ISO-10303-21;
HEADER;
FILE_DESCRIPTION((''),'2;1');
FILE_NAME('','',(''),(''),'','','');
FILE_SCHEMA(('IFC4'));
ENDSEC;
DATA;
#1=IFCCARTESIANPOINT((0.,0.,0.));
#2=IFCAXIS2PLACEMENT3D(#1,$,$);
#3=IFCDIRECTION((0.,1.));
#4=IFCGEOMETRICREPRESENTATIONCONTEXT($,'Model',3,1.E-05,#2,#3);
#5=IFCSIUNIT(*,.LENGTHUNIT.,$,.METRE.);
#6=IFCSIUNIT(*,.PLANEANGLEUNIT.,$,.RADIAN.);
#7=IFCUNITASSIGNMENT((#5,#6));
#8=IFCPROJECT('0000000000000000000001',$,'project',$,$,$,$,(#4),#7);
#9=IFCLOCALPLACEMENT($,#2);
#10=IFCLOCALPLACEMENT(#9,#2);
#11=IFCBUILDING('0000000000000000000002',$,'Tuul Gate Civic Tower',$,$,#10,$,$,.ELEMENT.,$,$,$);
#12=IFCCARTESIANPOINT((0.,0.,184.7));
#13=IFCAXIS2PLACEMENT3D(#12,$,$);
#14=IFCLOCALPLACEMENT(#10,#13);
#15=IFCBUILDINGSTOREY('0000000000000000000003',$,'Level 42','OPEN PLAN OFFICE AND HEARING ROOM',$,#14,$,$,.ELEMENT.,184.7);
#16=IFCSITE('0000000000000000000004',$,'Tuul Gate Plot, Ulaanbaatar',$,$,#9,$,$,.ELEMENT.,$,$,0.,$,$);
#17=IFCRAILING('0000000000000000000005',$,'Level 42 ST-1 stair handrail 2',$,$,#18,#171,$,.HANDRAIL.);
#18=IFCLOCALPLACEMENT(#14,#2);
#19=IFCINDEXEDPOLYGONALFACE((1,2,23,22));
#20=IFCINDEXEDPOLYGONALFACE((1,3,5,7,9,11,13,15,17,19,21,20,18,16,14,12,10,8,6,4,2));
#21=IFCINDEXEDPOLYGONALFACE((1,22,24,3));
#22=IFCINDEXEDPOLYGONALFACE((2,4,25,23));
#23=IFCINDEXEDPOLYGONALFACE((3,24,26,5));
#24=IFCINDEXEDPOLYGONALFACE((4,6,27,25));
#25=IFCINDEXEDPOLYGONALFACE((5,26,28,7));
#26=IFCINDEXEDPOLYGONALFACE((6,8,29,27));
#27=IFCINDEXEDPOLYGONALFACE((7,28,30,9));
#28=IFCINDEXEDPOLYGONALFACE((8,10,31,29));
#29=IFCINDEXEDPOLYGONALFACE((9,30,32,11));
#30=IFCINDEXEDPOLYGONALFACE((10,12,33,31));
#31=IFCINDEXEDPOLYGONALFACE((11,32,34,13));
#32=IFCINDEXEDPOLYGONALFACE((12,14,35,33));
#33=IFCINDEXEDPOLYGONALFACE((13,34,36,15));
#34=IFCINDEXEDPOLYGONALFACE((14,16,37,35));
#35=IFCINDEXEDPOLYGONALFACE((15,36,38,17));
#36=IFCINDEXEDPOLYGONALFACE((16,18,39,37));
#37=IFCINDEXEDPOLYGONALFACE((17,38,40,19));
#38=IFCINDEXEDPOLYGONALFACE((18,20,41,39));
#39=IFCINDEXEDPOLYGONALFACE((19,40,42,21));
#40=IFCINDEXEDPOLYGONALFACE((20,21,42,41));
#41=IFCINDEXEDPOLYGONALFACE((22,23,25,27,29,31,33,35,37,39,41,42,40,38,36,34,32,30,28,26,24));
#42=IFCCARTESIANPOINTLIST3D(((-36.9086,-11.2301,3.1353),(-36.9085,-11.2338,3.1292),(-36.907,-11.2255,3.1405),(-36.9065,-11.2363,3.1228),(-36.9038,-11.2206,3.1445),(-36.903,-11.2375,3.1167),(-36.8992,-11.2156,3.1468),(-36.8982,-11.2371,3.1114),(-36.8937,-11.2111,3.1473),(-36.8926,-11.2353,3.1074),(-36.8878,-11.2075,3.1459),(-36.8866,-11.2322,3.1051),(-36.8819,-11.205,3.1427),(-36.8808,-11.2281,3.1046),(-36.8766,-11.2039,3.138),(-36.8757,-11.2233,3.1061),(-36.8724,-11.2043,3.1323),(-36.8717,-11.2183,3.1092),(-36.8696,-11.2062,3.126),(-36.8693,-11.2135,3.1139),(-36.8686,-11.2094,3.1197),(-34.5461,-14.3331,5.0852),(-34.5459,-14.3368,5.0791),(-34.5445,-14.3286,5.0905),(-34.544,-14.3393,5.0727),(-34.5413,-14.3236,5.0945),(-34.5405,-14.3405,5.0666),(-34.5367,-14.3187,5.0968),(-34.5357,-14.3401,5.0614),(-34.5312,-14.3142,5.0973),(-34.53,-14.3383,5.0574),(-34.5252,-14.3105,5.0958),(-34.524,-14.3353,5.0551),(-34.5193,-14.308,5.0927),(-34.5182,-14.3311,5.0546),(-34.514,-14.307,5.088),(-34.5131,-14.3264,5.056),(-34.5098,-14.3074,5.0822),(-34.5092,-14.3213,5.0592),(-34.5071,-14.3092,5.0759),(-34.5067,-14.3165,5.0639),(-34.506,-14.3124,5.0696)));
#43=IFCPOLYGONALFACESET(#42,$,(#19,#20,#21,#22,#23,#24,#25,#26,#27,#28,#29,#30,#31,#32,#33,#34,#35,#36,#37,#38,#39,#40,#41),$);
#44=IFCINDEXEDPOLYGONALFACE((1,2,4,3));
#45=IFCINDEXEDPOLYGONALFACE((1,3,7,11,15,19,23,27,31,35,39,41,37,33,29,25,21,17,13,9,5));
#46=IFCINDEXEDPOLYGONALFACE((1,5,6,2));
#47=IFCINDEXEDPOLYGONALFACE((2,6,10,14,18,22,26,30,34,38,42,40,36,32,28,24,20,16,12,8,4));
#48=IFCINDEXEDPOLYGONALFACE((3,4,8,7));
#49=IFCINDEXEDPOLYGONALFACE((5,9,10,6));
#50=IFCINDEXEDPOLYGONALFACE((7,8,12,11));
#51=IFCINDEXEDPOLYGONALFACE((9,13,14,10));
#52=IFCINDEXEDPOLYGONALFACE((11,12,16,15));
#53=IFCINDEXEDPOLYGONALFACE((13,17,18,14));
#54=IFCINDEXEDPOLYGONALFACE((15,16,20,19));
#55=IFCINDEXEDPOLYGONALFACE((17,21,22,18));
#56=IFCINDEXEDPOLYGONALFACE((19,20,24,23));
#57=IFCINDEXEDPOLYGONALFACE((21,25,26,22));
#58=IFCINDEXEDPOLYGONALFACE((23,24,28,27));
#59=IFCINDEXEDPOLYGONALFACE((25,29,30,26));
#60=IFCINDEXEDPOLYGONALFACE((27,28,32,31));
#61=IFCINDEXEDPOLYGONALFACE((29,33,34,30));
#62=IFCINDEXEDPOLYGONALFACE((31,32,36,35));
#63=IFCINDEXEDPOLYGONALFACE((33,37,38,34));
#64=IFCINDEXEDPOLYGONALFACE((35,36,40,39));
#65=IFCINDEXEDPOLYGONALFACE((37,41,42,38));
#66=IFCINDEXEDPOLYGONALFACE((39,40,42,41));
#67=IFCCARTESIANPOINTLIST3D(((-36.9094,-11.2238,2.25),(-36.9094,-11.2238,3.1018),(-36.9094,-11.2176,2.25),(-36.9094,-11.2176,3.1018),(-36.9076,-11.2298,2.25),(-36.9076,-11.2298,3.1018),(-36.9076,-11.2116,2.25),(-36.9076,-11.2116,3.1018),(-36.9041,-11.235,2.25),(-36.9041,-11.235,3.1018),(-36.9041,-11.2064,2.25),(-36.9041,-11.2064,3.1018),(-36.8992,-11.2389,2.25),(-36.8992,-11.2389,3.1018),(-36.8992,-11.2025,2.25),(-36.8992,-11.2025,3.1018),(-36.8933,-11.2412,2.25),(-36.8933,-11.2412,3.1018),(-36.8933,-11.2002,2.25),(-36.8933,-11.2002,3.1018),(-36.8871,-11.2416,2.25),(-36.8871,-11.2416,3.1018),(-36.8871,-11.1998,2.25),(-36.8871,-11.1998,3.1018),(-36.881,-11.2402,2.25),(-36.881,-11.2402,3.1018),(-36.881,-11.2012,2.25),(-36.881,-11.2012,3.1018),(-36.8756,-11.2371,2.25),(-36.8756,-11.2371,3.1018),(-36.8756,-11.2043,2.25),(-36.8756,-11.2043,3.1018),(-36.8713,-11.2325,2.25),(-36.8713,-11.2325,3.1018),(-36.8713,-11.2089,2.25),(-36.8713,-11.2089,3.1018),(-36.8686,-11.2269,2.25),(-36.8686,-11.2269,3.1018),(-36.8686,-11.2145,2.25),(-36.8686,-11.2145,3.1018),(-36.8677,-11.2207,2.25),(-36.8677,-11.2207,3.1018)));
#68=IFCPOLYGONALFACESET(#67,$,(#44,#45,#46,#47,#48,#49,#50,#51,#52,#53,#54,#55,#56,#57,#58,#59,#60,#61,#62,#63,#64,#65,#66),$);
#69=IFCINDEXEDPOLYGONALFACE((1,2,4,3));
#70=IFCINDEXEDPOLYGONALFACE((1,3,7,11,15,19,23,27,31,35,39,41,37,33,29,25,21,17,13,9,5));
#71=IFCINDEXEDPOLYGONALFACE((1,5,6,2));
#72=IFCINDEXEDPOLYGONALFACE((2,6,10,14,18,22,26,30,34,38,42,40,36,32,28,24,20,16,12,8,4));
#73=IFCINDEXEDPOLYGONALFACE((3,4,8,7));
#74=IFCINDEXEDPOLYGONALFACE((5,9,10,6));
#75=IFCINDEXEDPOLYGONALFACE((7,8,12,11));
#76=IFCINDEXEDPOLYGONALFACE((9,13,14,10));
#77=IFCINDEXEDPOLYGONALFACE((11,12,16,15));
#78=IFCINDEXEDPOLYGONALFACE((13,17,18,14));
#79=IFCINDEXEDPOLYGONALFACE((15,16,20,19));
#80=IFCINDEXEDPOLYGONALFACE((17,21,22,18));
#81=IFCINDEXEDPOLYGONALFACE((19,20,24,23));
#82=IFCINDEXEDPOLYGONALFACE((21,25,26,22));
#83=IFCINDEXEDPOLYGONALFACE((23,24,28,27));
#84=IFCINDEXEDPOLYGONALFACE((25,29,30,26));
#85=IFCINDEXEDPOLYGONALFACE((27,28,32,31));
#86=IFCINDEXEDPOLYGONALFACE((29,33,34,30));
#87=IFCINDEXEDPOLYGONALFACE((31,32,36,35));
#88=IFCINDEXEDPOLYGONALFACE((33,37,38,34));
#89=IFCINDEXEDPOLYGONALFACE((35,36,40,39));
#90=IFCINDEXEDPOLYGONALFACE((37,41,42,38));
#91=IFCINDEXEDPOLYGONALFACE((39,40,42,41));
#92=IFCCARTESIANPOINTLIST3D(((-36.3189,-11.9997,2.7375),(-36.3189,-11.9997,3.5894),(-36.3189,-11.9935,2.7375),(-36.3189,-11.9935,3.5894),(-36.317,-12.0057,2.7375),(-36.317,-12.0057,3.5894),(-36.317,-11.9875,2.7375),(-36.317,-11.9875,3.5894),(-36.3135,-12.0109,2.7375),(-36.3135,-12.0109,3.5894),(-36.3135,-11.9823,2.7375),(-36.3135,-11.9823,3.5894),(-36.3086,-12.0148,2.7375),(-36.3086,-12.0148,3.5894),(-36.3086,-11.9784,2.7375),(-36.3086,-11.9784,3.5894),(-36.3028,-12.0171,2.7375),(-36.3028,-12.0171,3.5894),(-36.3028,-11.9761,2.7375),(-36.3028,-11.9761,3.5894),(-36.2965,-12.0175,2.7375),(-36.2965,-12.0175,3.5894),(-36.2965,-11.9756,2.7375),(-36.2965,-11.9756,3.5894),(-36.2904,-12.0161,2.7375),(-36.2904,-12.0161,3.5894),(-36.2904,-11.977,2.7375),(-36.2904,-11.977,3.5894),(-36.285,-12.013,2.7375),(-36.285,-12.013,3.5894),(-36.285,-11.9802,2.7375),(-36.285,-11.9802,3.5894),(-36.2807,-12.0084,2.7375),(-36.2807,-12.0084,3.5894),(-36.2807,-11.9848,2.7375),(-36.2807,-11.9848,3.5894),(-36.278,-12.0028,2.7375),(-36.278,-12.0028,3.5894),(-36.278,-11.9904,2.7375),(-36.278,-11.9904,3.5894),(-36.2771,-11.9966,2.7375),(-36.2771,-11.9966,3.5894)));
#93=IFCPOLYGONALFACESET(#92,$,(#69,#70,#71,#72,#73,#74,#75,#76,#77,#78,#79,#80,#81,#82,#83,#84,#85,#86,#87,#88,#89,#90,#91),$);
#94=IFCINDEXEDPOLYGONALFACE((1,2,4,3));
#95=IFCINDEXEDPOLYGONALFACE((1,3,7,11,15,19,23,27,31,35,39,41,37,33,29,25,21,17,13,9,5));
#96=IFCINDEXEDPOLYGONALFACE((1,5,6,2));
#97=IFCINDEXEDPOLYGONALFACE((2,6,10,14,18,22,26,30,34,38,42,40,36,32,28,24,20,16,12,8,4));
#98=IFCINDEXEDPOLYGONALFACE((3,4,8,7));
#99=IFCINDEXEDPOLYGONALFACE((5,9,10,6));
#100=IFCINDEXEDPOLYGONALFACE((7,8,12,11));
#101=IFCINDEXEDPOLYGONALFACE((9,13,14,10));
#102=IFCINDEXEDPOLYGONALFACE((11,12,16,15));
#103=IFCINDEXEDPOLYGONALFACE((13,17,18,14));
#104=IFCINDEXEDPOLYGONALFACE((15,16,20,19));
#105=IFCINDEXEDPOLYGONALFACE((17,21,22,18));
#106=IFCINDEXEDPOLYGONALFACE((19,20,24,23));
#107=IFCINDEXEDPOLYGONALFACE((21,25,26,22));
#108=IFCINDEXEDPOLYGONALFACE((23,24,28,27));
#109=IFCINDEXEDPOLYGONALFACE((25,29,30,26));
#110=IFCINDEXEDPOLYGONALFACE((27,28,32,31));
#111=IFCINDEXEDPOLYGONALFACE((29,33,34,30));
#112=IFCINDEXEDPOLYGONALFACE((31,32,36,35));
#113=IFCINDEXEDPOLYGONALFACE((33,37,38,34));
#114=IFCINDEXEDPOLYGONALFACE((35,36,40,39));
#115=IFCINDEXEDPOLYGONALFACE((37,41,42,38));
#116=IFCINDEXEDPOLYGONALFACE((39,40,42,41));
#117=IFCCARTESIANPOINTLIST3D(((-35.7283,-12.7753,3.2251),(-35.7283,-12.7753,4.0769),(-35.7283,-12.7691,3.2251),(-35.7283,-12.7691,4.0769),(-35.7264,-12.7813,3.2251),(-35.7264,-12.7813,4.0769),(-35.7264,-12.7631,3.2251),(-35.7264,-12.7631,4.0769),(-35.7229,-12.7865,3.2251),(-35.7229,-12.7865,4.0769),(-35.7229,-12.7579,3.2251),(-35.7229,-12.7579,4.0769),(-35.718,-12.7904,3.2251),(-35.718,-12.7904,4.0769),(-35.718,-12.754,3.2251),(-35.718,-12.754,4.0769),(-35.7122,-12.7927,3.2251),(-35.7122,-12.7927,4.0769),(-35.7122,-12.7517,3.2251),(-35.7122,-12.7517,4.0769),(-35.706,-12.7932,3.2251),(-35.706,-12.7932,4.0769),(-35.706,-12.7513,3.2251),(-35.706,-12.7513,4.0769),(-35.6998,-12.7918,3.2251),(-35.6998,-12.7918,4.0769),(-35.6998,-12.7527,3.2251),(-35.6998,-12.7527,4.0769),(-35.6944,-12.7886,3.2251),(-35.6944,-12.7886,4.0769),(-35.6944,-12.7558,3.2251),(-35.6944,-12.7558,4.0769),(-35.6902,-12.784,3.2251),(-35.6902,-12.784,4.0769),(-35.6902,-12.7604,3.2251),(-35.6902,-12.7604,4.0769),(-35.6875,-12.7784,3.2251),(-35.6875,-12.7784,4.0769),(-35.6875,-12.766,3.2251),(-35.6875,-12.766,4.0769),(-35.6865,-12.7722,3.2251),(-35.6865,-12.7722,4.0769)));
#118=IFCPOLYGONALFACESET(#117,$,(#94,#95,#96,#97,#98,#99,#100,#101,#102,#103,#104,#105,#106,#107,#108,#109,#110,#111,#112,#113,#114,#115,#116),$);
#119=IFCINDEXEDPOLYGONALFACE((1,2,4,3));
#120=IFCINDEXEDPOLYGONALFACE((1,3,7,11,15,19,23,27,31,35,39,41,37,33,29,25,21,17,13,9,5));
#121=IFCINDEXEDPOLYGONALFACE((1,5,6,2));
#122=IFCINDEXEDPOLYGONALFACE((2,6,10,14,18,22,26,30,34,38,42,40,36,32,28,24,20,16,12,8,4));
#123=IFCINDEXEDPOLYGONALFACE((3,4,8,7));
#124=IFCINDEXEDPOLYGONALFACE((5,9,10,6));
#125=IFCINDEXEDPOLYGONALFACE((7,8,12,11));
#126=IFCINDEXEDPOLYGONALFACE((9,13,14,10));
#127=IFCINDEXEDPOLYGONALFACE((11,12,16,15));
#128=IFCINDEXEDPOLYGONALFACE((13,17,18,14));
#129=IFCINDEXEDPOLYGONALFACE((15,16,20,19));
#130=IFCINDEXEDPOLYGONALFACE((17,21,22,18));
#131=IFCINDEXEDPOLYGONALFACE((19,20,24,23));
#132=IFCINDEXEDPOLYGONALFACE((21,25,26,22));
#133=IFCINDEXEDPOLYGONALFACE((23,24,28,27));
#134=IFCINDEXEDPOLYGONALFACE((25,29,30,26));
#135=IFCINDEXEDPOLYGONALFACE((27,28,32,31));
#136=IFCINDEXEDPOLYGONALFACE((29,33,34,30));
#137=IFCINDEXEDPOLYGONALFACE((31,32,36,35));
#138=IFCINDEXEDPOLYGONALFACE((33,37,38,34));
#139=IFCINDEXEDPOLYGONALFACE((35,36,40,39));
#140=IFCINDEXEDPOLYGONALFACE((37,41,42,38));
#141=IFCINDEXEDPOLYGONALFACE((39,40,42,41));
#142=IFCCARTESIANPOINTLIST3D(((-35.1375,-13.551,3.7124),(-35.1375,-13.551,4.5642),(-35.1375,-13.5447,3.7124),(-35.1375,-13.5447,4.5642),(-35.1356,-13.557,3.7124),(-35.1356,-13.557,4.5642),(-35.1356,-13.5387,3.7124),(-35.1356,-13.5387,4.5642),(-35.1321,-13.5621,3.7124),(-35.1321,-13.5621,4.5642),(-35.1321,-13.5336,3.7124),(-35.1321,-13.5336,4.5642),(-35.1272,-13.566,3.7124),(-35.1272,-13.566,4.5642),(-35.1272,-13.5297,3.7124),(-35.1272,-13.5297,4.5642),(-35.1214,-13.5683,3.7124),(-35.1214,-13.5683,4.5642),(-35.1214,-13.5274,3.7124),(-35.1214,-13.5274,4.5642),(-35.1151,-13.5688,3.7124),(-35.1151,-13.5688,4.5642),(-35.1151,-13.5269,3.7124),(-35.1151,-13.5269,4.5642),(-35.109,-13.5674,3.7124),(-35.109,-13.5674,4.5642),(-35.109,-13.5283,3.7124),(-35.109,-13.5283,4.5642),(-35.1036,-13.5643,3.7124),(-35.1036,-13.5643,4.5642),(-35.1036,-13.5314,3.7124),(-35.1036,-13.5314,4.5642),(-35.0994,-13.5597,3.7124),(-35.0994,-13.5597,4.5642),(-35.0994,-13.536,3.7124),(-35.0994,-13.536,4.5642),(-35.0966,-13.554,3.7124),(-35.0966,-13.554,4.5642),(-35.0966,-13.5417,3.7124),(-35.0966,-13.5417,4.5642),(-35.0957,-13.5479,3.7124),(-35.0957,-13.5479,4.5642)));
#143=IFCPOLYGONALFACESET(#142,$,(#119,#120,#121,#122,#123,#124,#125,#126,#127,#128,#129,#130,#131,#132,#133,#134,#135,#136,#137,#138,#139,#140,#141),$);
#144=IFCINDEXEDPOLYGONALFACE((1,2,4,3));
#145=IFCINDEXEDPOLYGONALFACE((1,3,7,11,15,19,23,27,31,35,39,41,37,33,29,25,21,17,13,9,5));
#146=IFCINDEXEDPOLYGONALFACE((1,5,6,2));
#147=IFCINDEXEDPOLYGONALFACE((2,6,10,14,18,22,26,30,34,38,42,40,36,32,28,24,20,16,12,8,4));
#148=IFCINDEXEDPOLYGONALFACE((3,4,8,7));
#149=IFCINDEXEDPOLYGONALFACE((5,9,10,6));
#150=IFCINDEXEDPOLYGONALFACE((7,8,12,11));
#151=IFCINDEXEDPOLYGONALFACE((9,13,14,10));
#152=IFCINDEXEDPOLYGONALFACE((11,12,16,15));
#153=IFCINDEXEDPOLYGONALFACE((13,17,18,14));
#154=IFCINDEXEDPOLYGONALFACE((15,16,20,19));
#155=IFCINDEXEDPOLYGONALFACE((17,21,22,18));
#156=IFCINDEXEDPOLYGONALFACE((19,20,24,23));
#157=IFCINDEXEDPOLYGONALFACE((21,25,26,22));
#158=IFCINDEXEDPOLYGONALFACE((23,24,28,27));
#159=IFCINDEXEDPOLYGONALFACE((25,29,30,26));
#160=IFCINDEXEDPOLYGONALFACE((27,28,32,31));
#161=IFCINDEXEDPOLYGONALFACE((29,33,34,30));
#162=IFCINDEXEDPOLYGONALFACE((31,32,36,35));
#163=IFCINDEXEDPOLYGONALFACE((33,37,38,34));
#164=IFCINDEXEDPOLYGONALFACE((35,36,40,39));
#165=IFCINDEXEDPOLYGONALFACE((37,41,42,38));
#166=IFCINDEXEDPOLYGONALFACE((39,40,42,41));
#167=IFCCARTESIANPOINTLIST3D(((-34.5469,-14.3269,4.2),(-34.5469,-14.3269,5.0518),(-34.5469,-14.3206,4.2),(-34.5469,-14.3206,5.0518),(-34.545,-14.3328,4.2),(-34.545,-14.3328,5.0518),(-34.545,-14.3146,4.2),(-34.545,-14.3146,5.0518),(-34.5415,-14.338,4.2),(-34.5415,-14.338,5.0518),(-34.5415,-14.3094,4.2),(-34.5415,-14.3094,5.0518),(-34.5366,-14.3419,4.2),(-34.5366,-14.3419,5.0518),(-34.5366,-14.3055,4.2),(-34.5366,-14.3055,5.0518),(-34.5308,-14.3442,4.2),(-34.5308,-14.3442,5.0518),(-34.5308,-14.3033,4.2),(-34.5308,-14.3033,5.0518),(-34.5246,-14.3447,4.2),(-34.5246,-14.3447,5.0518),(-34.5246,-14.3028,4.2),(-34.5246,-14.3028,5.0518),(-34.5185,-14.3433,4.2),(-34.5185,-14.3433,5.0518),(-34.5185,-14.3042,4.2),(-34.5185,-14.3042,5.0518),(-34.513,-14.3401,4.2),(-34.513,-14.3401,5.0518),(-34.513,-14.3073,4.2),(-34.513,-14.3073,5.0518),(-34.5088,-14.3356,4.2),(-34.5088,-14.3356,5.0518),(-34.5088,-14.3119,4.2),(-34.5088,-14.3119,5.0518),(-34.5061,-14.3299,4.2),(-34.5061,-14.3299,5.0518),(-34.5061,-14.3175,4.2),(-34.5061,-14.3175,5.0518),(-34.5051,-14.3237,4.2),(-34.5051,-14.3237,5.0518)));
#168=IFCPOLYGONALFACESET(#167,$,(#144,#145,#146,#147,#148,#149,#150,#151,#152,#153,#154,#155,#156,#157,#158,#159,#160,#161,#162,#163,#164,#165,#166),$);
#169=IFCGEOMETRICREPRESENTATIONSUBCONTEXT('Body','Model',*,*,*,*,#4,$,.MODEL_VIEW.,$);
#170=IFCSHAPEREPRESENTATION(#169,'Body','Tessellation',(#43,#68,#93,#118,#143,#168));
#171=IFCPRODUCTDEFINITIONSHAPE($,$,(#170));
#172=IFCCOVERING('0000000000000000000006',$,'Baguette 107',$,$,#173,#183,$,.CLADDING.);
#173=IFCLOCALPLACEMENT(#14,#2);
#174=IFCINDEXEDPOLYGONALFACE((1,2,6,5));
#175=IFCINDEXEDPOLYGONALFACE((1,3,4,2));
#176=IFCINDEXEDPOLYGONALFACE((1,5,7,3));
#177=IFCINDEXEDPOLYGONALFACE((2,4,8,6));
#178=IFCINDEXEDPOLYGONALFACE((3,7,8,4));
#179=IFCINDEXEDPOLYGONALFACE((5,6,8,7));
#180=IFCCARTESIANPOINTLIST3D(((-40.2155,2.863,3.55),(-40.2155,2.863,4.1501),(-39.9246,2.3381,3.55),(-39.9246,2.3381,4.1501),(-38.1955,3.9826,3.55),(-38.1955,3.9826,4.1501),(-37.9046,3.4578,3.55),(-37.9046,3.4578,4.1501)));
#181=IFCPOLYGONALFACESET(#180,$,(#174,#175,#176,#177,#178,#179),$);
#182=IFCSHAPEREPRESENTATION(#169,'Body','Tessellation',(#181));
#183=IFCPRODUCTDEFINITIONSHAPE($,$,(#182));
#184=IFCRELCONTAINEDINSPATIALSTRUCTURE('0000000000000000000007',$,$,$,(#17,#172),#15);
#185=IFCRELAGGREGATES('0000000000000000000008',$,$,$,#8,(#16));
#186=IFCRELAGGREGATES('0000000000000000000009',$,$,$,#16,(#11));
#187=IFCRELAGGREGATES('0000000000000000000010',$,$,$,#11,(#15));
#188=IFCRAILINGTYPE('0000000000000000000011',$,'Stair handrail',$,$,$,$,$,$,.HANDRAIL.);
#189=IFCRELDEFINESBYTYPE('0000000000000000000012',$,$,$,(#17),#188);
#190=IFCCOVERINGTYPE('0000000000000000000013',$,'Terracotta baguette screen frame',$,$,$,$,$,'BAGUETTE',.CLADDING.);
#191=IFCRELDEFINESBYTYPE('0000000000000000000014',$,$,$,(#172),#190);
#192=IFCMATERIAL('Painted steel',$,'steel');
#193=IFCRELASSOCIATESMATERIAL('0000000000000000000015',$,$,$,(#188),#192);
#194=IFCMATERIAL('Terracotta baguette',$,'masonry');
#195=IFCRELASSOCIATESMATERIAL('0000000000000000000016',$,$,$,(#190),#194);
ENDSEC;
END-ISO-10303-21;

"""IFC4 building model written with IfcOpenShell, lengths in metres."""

from ifc_helpers import new_model, si_unit, direction, frame, origin, origin_2d, place, context, subcontext, project, spatial, rectangle, circle, extrude, material, material_profile, profile_set, type_object, element, save


model = new_model("IFC4")

# Units and contexts
model_context = context("Model", 3, precision=1e-05, world=origin(), true_north=direction((0.0, 1.0)))
body_context = subcontext(model_context, "Body", "Model", "MODEL_VIEW")
ifc_project = project(units=[si_unit("LENGTHUNIT", "METRE"), si_unit("PLANEANGLEUNIT", "RADIAN")], contexts=[model_context])

# Site, building, storey
site_placement = place(None, origin())
site = spatial("IfcSite", under=ifc_project, at=site_placement, Name="Tuul Gate Plot, Ulaanbaatar", CompositionType="ELEMENT", RefElevation=0.0)
building_placement = place(site_placement, origin())
building = spatial("IfcBuilding", under=site, at=building_placement, Name="Tuul Gate Civic Tower", CompositionType="ELEMENT")
storey_placement = place(building_placement, frame((0.0, 0.0, 184.7)))
storey = spatial("IfcBuildingStorey", under=building, at=storey_placement, Name="Level 42", Description="OPEN PLAN OFFICE AND HEARING ROOM", CompositionType="ELEMENT", Elevation=184.7)

# Railing
ifc_material_1 = material(Name="Painted steel", Category="steel")
railing_type_1 = type_object("IfcRailingType", Name="Stair handrail", PredefinedType="HANDRAIL", material=ifc_material_1)
railing_1_placement = place(storey_placement, frame((-36.8887, -11.2207, 2.25)))
element("IfcRailing", 1, at=railing_1_placement, inside=storey, type_object=railing_type_1, Name="Level 42 ST-1 stair handrail 2", PredefinedType="HANDRAIL", context=body_context, shape_type="SweptSolid", body=[
    extrude(circle(Radius=0.0239, at=origin_2d()), frame((0.0, 0.0, 0.876), z_axis=(0.541824, -0.711645, 0.4472), x_axis=(0.795637, 0.605773, 0.0)), (0.0, 0.0, 1.0), 4.3604),
    extrude(circle(Radius=0.021, at=origin_2d()), origin(), (0.0, 0.0, 1.0), 0.8518),
    extrude(circle(Radius=0.021, at=origin_2d()), frame((0.5906, -0.7759, 0.4875)), (0.0, 0.0, 1.0), 0.8518),
    extrude(circle(Radius=0.021, at=origin_2d()), frame((1.1812, -1.5515, 0.9751)), (0.0, 0.0, 1.0), 0.8518),
    extrude(circle(Radius=0.021, at=origin_2d()), frame((1.772, -2.3271, 1.4624)), (0.0, 0.0, 1.0), 0.8518),
    extrude(circle(Radius=0.021, at=origin_2d()), frame((2.3625, -3.103, 1.95)), (0.0, 0.0, 1.0), 0.8518),
])

# Covering
ifc_material_2 = material(Name="Terracotta baguette", Category="masonry")
ifc_material_profile_1 = material_profile(ifc_material_2, rectangle(XDim=0.6001, YDim=0.6001, at=origin_2d()), Name="Terracotta baguette screen frame")
ifc_profile_set_1 = profile_set([ifc_material_profile_1], Name="Terracotta baguette")
covering_type = type_object("IfcCoveringType", Name="Terracotta baguette screen frame", ElementType="BAGUETTE", PredefinedType="CLADDING", material=ifc_profile_set_1)
covering_placement = place(storey_placement, frame((-38.05, 3.7202, 3.8501), z_axis=(-0.874636, -0.484781, 0.0), x_axis=(0.484781, -0.874636, 0.0)))
element("IfcCovering", 2, at=covering_placement, inside=storey, type_object=covering_type, Name="Baguette 107", PredefinedType="CLADDING", context=body_context, shape_type="SweptSolid", body=[
    extrude(rectangle(XDim=0.6001, YDim=0.6001, at=origin_2d()), origin(), (0.0, 0.0, 1.0), 2.3096),
])

save(model, "model.ifc")
